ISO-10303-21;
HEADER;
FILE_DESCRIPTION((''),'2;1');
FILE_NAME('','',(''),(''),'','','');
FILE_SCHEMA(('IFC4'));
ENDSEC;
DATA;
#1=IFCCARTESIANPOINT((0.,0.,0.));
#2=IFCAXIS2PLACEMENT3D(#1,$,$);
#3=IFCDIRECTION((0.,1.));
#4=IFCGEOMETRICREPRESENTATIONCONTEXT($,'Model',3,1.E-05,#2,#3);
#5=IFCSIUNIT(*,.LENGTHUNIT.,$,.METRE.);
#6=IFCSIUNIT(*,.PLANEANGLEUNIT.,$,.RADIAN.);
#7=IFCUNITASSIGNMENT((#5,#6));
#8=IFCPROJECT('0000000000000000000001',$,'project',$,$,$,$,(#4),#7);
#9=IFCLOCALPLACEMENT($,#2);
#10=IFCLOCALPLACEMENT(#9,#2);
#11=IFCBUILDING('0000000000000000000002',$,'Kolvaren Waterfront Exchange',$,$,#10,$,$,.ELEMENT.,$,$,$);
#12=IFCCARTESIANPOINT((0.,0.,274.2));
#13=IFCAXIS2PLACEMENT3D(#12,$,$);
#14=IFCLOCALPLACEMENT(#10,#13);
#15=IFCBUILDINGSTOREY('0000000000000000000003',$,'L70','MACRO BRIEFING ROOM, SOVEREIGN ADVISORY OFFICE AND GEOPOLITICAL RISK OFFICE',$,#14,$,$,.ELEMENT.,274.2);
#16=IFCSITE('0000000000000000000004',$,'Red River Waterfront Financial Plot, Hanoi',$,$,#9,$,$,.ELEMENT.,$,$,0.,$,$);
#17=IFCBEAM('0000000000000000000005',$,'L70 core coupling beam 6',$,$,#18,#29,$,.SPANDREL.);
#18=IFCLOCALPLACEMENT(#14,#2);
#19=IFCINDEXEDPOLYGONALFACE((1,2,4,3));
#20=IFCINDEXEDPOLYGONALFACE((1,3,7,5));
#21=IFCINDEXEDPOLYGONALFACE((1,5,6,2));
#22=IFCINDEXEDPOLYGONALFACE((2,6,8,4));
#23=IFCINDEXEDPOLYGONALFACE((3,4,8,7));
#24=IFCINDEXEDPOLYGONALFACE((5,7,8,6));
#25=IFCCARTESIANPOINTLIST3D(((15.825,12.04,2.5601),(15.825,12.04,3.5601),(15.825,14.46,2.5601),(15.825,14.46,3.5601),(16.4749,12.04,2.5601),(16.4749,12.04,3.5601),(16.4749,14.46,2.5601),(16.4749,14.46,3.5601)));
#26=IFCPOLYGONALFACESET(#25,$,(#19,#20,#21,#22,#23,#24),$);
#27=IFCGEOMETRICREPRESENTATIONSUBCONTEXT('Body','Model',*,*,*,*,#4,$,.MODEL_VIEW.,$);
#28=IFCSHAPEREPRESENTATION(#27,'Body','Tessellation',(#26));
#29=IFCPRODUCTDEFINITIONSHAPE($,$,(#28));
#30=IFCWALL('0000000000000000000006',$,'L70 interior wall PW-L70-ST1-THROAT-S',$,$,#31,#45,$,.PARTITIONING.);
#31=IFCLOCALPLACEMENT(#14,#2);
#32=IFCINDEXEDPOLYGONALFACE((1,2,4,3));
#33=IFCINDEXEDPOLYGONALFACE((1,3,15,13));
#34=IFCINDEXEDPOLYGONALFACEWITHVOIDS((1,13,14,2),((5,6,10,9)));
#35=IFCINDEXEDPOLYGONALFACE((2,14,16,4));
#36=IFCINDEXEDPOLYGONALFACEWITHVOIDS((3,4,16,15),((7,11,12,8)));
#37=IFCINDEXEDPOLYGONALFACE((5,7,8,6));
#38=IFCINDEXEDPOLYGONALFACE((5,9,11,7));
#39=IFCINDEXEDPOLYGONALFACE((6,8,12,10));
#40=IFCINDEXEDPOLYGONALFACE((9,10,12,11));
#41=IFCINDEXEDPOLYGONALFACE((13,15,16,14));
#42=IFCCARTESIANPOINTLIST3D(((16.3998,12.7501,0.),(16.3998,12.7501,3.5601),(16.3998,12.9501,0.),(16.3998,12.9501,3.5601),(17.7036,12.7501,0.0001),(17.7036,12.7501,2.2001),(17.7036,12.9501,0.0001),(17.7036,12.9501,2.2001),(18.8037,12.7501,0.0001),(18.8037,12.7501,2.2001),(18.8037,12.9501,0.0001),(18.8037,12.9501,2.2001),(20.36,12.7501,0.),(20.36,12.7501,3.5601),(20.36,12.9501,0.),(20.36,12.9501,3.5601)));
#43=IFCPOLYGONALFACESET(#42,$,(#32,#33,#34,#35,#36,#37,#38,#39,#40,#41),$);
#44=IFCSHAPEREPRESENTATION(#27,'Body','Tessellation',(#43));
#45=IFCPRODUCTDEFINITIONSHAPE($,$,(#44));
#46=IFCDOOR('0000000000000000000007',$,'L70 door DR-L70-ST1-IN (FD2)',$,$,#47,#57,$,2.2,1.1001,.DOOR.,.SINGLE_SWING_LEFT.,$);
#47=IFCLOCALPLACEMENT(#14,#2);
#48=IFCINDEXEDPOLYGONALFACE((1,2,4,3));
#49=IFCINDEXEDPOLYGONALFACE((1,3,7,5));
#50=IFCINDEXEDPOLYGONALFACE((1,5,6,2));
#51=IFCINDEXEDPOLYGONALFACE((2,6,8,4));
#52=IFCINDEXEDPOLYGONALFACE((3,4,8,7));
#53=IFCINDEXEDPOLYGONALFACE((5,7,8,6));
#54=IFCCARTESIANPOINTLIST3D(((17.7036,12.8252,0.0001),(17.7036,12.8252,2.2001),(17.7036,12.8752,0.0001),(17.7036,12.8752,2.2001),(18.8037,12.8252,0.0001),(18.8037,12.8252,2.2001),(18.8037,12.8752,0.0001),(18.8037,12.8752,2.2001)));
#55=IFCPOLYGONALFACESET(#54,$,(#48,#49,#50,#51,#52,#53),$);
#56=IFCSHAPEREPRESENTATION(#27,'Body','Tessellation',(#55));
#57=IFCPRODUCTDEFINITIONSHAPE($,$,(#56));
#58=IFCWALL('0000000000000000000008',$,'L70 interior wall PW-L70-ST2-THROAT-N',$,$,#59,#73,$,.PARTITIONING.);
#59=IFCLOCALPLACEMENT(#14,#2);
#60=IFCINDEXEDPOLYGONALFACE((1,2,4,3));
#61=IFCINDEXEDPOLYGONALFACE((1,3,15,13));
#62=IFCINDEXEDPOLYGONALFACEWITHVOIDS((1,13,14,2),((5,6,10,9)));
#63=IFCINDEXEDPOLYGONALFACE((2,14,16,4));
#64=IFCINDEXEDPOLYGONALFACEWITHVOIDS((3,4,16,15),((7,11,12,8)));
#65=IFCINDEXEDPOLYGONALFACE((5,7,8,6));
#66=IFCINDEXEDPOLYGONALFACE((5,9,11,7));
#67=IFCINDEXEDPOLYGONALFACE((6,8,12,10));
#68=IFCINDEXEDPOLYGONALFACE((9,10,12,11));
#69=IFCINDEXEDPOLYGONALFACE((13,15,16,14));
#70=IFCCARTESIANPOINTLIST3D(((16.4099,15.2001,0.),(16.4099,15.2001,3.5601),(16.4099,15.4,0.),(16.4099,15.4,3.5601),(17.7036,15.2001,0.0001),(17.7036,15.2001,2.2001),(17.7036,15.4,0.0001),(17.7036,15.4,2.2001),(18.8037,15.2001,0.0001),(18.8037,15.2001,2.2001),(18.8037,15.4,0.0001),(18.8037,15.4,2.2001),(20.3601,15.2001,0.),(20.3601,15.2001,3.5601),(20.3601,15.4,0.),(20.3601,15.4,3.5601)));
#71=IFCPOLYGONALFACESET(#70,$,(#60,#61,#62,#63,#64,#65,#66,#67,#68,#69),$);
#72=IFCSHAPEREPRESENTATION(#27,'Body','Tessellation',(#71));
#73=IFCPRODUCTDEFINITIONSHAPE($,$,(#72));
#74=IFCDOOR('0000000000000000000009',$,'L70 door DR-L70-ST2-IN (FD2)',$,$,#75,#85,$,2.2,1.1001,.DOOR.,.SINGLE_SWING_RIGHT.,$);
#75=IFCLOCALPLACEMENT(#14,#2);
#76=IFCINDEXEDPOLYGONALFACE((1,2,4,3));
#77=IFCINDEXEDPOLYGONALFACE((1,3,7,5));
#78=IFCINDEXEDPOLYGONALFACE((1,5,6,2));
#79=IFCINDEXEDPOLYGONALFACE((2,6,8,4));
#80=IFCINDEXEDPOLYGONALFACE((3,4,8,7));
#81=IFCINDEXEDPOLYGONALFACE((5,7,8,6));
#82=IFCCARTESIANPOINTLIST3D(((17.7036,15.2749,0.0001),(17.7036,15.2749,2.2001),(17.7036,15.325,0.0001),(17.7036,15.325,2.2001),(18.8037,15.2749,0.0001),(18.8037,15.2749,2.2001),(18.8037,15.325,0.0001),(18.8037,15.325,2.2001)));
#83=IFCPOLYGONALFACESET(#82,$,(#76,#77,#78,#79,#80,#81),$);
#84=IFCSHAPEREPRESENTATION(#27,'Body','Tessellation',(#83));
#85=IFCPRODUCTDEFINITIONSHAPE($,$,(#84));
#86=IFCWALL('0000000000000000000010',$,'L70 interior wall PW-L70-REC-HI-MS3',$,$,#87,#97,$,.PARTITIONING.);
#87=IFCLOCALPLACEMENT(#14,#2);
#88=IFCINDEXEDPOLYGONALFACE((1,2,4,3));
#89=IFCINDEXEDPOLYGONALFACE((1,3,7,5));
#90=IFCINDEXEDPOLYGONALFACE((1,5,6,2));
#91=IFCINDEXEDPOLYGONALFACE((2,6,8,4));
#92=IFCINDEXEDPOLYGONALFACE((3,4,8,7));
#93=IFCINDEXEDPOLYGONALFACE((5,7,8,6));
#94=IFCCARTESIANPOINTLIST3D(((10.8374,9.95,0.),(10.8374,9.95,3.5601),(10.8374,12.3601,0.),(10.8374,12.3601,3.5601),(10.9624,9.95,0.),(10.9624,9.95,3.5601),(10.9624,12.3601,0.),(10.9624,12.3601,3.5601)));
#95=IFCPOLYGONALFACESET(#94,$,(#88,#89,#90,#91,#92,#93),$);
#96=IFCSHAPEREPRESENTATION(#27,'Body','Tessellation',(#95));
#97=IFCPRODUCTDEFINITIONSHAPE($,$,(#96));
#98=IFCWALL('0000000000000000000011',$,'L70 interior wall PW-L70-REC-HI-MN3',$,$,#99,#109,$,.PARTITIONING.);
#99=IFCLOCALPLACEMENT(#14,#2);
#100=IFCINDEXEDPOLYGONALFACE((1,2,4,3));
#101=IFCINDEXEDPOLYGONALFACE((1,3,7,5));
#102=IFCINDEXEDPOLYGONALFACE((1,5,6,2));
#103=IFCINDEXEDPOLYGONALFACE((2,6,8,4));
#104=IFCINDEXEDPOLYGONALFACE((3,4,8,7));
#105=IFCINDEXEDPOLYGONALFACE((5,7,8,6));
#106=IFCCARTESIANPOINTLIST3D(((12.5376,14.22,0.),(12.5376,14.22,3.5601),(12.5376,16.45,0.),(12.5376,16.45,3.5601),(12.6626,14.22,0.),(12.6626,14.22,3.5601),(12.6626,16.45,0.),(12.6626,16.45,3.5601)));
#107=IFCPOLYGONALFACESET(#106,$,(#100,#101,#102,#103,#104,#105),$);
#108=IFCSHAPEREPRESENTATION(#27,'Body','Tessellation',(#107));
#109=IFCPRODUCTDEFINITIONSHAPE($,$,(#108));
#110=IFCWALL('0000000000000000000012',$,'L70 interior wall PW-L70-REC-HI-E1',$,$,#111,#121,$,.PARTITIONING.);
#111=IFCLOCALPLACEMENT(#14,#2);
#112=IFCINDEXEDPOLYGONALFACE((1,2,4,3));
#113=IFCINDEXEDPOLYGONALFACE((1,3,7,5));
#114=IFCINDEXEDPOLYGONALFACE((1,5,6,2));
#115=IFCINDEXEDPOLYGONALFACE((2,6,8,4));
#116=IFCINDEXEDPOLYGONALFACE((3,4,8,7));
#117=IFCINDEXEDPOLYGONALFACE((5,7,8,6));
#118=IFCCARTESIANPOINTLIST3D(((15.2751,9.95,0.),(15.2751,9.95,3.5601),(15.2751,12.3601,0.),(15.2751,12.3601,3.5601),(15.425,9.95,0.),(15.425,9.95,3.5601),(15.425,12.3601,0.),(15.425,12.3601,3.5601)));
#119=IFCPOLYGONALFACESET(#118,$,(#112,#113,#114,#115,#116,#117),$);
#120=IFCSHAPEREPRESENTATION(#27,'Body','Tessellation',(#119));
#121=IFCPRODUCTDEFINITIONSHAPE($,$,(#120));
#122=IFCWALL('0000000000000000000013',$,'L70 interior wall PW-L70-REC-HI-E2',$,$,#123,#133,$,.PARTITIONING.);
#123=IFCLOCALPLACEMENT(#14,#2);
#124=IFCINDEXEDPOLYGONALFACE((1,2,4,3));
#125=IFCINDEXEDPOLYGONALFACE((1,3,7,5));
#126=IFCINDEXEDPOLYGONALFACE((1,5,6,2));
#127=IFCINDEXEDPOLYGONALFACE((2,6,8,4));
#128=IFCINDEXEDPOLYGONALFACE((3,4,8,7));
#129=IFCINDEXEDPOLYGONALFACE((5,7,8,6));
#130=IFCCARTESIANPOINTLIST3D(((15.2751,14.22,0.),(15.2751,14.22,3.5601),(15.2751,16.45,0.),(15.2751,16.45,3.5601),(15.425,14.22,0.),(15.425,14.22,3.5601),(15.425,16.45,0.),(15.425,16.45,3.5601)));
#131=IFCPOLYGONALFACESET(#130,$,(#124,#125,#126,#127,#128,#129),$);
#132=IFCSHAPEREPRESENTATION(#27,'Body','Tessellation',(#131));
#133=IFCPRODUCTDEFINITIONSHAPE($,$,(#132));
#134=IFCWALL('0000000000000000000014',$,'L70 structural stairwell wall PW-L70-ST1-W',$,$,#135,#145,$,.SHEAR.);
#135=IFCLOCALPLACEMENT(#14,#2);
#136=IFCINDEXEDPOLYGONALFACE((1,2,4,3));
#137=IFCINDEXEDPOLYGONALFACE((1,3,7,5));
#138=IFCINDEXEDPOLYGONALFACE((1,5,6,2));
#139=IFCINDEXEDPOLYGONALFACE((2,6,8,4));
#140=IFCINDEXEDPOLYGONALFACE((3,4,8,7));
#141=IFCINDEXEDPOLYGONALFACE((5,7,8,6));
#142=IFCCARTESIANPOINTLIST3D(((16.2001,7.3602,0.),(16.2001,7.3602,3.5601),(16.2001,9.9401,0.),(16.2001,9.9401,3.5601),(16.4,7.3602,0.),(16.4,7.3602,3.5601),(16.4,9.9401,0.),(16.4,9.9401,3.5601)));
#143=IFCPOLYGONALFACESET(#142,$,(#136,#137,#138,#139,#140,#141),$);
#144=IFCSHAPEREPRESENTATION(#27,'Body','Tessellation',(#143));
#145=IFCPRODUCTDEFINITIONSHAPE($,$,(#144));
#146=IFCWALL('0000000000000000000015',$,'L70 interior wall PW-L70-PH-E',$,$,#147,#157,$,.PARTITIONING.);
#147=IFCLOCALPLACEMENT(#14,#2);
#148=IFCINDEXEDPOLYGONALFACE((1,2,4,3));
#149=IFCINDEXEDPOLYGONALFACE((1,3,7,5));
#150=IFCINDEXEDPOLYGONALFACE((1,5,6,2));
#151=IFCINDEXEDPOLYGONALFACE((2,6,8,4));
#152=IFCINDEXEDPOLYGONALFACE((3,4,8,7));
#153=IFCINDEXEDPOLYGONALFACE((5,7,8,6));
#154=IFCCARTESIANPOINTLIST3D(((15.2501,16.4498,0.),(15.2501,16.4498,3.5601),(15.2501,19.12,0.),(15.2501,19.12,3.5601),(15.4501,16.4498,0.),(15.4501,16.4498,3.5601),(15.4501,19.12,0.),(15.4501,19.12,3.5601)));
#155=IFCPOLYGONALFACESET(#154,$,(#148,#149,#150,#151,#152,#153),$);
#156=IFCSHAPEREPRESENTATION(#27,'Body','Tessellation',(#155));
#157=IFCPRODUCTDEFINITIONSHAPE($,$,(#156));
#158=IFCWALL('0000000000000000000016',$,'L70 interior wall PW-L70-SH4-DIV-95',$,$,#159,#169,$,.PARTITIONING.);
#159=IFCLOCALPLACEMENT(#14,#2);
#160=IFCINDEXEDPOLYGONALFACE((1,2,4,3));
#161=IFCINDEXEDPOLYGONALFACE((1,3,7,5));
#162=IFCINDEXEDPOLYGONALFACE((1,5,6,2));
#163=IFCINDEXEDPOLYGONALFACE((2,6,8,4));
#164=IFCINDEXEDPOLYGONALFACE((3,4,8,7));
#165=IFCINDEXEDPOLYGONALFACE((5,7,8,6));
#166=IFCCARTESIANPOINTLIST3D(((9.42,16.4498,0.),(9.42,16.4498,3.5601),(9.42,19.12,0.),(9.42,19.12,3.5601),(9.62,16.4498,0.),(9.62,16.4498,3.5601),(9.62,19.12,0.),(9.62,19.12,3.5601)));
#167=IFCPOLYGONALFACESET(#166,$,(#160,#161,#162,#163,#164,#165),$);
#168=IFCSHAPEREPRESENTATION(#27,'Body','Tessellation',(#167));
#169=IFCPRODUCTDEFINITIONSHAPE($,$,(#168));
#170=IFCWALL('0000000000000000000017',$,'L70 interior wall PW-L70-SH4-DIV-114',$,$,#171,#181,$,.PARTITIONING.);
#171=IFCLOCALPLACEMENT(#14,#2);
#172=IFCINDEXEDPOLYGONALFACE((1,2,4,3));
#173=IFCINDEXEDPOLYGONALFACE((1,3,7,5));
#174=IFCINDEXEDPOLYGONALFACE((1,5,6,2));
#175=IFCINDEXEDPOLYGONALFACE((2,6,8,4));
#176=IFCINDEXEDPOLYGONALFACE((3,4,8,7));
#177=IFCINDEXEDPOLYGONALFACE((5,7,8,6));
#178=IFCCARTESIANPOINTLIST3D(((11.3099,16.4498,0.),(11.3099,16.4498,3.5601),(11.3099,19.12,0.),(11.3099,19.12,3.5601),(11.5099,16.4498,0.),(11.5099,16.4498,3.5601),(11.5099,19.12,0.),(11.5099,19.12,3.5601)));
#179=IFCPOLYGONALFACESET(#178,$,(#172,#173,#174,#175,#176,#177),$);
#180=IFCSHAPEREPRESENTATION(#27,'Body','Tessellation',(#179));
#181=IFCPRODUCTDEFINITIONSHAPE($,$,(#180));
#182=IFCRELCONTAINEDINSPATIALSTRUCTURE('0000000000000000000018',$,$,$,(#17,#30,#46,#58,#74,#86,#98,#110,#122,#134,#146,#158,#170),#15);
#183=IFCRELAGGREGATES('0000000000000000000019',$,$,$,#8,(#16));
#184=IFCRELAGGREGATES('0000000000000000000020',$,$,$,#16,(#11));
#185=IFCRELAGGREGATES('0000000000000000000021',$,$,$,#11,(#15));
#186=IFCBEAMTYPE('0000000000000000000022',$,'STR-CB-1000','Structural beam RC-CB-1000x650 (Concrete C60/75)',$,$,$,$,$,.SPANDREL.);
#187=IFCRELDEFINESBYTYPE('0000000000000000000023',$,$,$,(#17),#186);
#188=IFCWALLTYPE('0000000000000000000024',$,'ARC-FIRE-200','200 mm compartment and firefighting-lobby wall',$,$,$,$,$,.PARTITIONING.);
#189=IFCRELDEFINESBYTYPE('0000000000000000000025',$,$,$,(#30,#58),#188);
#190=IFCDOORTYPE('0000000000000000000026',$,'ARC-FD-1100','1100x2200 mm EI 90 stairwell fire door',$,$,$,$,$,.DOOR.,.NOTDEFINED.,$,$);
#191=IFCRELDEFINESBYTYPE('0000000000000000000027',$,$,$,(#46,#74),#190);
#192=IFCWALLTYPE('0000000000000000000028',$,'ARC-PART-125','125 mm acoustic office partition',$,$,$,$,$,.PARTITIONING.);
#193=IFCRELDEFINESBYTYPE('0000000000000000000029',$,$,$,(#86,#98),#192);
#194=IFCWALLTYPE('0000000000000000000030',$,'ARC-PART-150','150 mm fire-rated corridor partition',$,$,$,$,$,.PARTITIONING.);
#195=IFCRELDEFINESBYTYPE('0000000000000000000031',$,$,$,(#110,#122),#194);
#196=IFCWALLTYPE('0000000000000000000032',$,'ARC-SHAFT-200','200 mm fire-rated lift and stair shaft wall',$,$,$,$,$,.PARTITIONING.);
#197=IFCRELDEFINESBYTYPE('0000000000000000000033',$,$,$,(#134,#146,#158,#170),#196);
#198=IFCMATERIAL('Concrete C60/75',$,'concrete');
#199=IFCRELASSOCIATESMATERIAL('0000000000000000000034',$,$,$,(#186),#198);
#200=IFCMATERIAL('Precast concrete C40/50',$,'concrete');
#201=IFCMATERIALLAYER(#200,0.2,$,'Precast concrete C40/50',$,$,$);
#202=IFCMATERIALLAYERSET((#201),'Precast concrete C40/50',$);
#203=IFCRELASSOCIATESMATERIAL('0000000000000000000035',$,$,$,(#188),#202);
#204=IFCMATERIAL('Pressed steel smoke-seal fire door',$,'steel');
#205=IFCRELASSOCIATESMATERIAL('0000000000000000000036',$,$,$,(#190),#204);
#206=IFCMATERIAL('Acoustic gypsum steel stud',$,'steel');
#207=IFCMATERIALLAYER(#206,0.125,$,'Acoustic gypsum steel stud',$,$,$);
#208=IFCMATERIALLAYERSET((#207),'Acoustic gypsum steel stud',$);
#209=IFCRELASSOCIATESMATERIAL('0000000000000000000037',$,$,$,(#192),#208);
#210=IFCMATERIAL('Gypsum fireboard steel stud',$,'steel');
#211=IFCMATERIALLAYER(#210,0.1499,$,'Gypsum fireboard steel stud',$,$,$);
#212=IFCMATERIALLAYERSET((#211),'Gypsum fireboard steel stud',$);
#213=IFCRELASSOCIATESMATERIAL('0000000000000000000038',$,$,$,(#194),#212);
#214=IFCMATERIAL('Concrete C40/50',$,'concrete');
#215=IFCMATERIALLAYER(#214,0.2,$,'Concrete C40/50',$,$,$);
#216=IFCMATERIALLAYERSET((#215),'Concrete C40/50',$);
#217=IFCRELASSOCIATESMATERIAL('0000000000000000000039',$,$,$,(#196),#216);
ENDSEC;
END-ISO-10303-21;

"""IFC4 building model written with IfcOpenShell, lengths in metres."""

from ifc_helpers import new_model, si_unit, direction, frame, frame_2d, origin, origin_2d, place, context, subcontext, project, spatial, rectangle, extrude, material, layer, layer_set, material_profile, profile_set, type_object, element, fill, save


model = new_model("IFC4")

# Units and contexts
model_context = context("Model", 3, precision=1e-05, world=origin(), true_north=direction((0.0, 1.0)))
body_context = subcontext(model_context, "Body", "Model", "MODEL_VIEW")
ifc_project = project(units=[si_unit("LENGTHUNIT", "METRE"), si_unit("PLANEANGLEUNIT", "RADIAN")], contexts=[model_context])

# Site, building, storey
site_placement = place(None, origin())
site = spatial("IfcSite", under=ifc_project, at=site_placement, Name="Red River Waterfront Financial Plot, Hanoi", CompositionType="ELEMENT", RefElevation=0.0)
building_placement = place(site_placement, origin())
building = spatial("IfcBuilding", under=site, at=building_placement, Name="Kolvaren Waterfront Exchange", CompositionType="ELEMENT")
storey_placement = place(building_placement, frame((0.0, 0.0, 274.2)))
storey = spatial("IfcBuildingStorey", under=building, at=storey_placement, Name="L70", Description="MACRO BRIEFING ROOM, SOVEREIGN ADVISORY OFFICE AND GEOPOLITICAL RISK OFFICE", CompositionType="ELEMENT", Elevation=274.2)

# Beam
ifc_material_1 = material(Name="Concrete C60/75", Category="concrete")
ifc_material_profile = material_profile(ifc_material_1, rectangle(XDim=0.6499, YDim=1.0, at=origin_2d()), Name="RC-CB-1000x650")
ifc_profile_set = profile_set([ifc_material_profile], Name="Concrete C60/75")
beam_type = type_object("IfcBeamType", Name="STR-CB-1000", Description="Structural beam RC-CB-1000x650 (Concrete C60/75)", PredefinedType="SPANDREL", material=ifc_profile_set)
beam_placement = place(storey_placement, frame((16.1499, 12.04, 3.0601), z_axis=(0.0, 1.0, 0.0), x_axis=(-1.0, 0.0, 0.0)))
element("IfcBeam", 1, at=beam_placement, inside=storey, type_object=beam_type, Name="L70 core coupling beam 6", PredefinedType="SPANDREL", context=body_context, shape_type="SweptSolid", body=[
    extrude(rectangle(XDim=0.6499, YDim=1.0, at=origin_2d()), origin(), (0.0, 0.0, 1.0), 2.4199),
])

# Walls, openings, doors
ifc_material_2 = material(Name="Precast concrete C40/50", Category="concrete")
ifc_layer_1 = layer(ifc_material_2, 0.2, Name="Precast concrete C40/50")
ifc_layer_set_1 = layer_set([ifc_layer_1], Name="Precast concrete C40/50")
wall_type_1 = type_object("IfcWallType", Name="ARC-FIRE-200", Description="200 mm compartment and firefighting-lobby wall", PredefinedType="PARTITIONING", material=ifc_layer_set_1)
wall_1_placement = place(storey_placement, frame((16.3999, 12.8501, 0.0), z_axis=(0.0, 0.0, 1.0), x_axis=(1.0, 0.0, 0.0)))
wall_1 = element("IfcWall", 2, at=wall_1_placement, inside=storey, type_object=wall_type_1, Name="L70 interior wall PW-L70-ST1-THROAT-S", PredefinedType="PARTITIONING", context=body_context, shape_type="SweptSolid", body=[
    extrude(rectangle(XDim=3.9602, YDim=0.2, at=frame_2d((1.98, 0.0))), origin(), (0.0, 0.0, 1.0), 3.5601),
])
opening_1_placement = place(wall_1_placement, frame((1.3037, 0.0, 0.0)))
opening_1 = element("IfcOpeningElement", 3, at=opening_1_placement, cuts=wall_1, PredefinedType="OPENING", context=body_context, shape_type="SweptSolid", body=[
    extrude(rectangle(XDim=1.1001, YDim=2.2, at=frame_2d((0.55, 1.1001))), frame((0.0, 0.1099, 0.0), z_axis=(0.0, -1.0, 0.0), x_axis=(1.0, 0.0, 0.0)), (0.0, 0.0, 1.0), 0.22),
])
ifc_material_3 = material(Name="Pressed steel smoke-seal fire door", Category="steel")
door_type = type_object("IfcDoorType", Name="ARC-FD-1100", Description="1100x2200 mm EI 90 stairwell fire door", OperationType="NOTDEFINED", PredefinedType="DOOR", material=ifc_material_3)
door_1_placement = place(opening_1_placement, frame((1.1001, 0.0, 0.0), z_axis=(0.0, 0.0, 1.0), x_axis=(-1.0, 0.0, 0.0)))
door_1 = element("IfcDoor", 4, at=door_1_placement, inside=storey, type_object=door_type, Name="L70 door DR-L70-ST1-IN (FD2)", OperationType="SINGLE_SWING_LEFT", OverallHeight=2.2, OverallWidth=1.1001, PredefinedType="DOOR", context=body_context, shape_type="SweptSolid", body=[
    extrude(rectangle(XDim=1.1001, YDim=2.2, at=frame_2d((0.55, 1.1001))), frame((0.0, 0.0249, 0.0), z_axis=(0.0, -1.0, 0.0), x_axis=(1.0, 0.0, 0.0)), (0.0, 0.0, 1.0), 0.05),
])
fill(opening_1, door_1)
wall_2_placement = place(storey_placement, frame((16.4099, 15.3, 0.0), z_axis=(0.0, 0.0, 1.0), x_axis=(1.0, 0.0, 0.0)))
wall_2 = element("IfcWall", 5, at=wall_2_placement, inside=storey, type_object=wall_type_1, Name="L70 interior wall PW-L70-ST2-THROAT-N", PredefinedType="PARTITIONING", context=body_context, shape_type="SweptSolid", body=[
    extrude(rectangle(XDim=3.9502, YDim=0.2, at=frame_2d((1.9751, 0.0))), origin(), (0.0, 0.0, 1.0), 3.5601),
])
opening_2_placement = place(wall_2_placement, frame((1.2937, 0.0, 0.0)))
opening_2 = element("IfcOpeningElement", 6, at=opening_2_placement, cuts=wall_2, PredefinedType="OPENING", context=body_context, shape_type="SweptSolid", body=[
    extrude(rectangle(XDim=1.1001, YDim=2.2, at=frame_2d((0.55, 1.1001))), frame((0.0, 0.1099, 0.0), z_axis=(0.0, -1.0, 0.0), x_axis=(1.0, 0.0, 0.0)), (0.0, 0.0, 1.0), 0.22),
])
door_2_placement = place(opening_2_placement, origin())
door_2 = element("IfcDoor", 7, at=door_2_placement, inside=storey, type_object=door_type, Name="L70 door DR-L70-ST2-IN (FD2)", OperationType="SINGLE_SWING_RIGHT", OverallHeight=2.2, OverallWidth=1.1001, PredefinedType="DOOR", context=body_context, shape_type="SweptSolid", body=[
    extrude(rectangle(XDim=1.1001, YDim=2.2, at=frame_2d((0.55, 1.1001))), frame((0.0, 0.0249, 0.0), z_axis=(0.0, -1.0, 0.0), x_axis=(1.0, 0.0, 0.0)), (0.0, 0.0, 1.0), 0.05),
])
fill(opening_2, door_2)

# Walls
ifc_material_4 = material(Name="Acoustic gypsum steel stud", Category="steel")
ifc_layer_2 = layer(ifc_material_4, 0.125, Name="Acoustic gypsum steel stud")
ifc_layer_set_2 = layer_set([ifc_layer_2], Name="Acoustic gypsum steel stud")
wall_type_2 = type_object("IfcWallType", Name="ARC-PART-125", Description="125 mm acoustic office partition", PredefinedType="PARTITIONING", material=ifc_layer_set_2)
wall_3_placement = place(storey_placement, frame((10.8999, 9.95, 0.0), z_axis=(0.0, 0.0, 1.0), x_axis=(0.0, 1.0, 0.0)))
element("IfcWall", 8, at=wall_3_placement, inside=storey, type_object=wall_type_2, Name="L70 interior wall PW-L70-REC-HI-MS3", PredefinedType="PARTITIONING", context=body_context, shape_type="SweptSolid", body=[
    extrude(rectangle(XDim=2.4102, YDim=0.125, at=frame_2d((1.2051, 0.0))), origin(), (0.0, 0.0, 1.0), 3.5601),
])
wall_4_placement = place(storey_placement, frame((12.6001, 14.22, 0.0), z_axis=(0.0, 0.0, 1.0), x_axis=(0.0, 1.0, 0.0)))
element("IfcWall", 9, at=wall_4_placement, inside=storey, type_object=wall_type_2, Name="L70 interior wall PW-L70-REC-HI-MN3", PredefinedType="PARTITIONING", context=body_context, shape_type="SweptSolid", body=[
    extrude(rectangle(XDim=2.23, YDim=0.125, at=frame_2d((1.115, 0.0))), origin(), (0.0, 0.0, 1.0), 3.5601),
])
ifc_material_5 = material(Name="Gypsum fireboard steel stud", Category="steel")
ifc_layer_3 = layer(ifc_material_5, 0.1499, Name="Gypsum fireboard steel stud")
ifc_layer_set_3 = layer_set([ifc_layer_3], Name="Gypsum fireboard steel stud")
wall_type_3 = type_object("IfcWallType", Name="ARC-PART-150", Description="150 mm fire-rated corridor partition", PredefinedType="PARTITIONING", material=ifc_layer_set_3)
wall_5_placement = place(storey_placement, frame((15.3501, 9.95, 0.0), z_axis=(0.0, 0.0, 1.0), x_axis=(0.0, 1.0, 0.0)))
element("IfcWall", 10, at=wall_5_placement, inside=storey, type_object=wall_type_3, Name="L70 interior wall PW-L70-REC-HI-E1", PredefinedType="PARTITIONING", context=body_context, shape_type="SweptSolid", body=[
    extrude(rectangle(XDim=2.4102, YDim=0.1499, at=frame_2d((1.2051, 0.0))), origin(), (0.0, 0.0, 1.0), 3.5601),
])
wall_6_placement = place(storey_placement, frame((15.3501, 14.22, 0.0), z_axis=(0.0, 0.0, 1.0), x_axis=(0.0, 1.0, 0.0)))
element("IfcWall", 11, at=wall_6_placement, inside=storey, type_object=wall_type_3, Name="L70 interior wall PW-L70-REC-HI-E2", PredefinedType="PARTITIONING", context=body_context, shape_type="SweptSolid", body=[
    extrude(rectangle(XDim=2.23, YDim=0.1499, at=frame_2d((1.115, 0.0))), origin(), (0.0, 0.0, 1.0), 3.5601),
])
ifc_material_6 = material(Name="Concrete C40/50", Category="concrete")
ifc_layer_4 = layer(ifc_material_6, 0.2, Name="Concrete C40/50")
ifc_layer_set_4 = layer_set([ifc_layer_4], Name="Concrete C40/50")
wall_type_4 = type_object("IfcWallType", Name="ARC-SHAFT-200", Description="200 mm fire-rated lift and stair shaft wall", PredefinedType="PARTITIONING", material=ifc_layer_set_4)
wall_7_placement = place(storey_placement, frame((16.3, 7.3601, 0.0), z_axis=(0.0, 0.0, 1.0), x_axis=(0.0, 1.0, 0.0)))
element("IfcWall", 12, at=wall_7_placement, inside=storey, type_object=wall_type_4, Name="L70 structural stairwell wall PW-L70-ST1-W", PredefinedType="SHEAR", context=body_context, shape_type="SweptSolid", body=[
    extrude(rectangle(XDim=2.5798, YDim=0.2, at=frame_2d((1.29, 0.0))), origin(), (0.0, 0.0, 1.0), 3.5601),
])
for number, where, z_axis, x_axis, name in (
    (13, (15.3501, 16.45, 0.0), (0.0, 0.0, 1.0), (0.0, 1.0, 0.0), "L70 interior wall PW-L70-PH-E"),
    (14, (9.52, 16.45, 0.0), (0.0, 0.0, 1.0), (0.0, 1.0, 0.0), "L70 interior wall PW-L70-SH4-DIV-95"),
    (15, (11.4099, 16.45, 0.0), (0.0, 0.0, 1.0), (0.0, 1.0, 0.0), "L70 interior wall PW-L70-SH4-DIV-114"),
):
    element("IfcWall", number, at=place(storey_placement, frame(where, z_axis=z_axis, x_axis=x_axis)), inside=storey, type_object=wall_type_4, Name=name, PredefinedType="PARTITIONING", context=body_context, shape_type="SweptSolid", body=[
        extrude(rectangle(XDim=2.6702, YDim=0.2, at=frame_2d((1.335, 0.0))), origin(), (0.0, 0.0, 1.0), 3.5601),
    ])

save(model, "model.ifc")
